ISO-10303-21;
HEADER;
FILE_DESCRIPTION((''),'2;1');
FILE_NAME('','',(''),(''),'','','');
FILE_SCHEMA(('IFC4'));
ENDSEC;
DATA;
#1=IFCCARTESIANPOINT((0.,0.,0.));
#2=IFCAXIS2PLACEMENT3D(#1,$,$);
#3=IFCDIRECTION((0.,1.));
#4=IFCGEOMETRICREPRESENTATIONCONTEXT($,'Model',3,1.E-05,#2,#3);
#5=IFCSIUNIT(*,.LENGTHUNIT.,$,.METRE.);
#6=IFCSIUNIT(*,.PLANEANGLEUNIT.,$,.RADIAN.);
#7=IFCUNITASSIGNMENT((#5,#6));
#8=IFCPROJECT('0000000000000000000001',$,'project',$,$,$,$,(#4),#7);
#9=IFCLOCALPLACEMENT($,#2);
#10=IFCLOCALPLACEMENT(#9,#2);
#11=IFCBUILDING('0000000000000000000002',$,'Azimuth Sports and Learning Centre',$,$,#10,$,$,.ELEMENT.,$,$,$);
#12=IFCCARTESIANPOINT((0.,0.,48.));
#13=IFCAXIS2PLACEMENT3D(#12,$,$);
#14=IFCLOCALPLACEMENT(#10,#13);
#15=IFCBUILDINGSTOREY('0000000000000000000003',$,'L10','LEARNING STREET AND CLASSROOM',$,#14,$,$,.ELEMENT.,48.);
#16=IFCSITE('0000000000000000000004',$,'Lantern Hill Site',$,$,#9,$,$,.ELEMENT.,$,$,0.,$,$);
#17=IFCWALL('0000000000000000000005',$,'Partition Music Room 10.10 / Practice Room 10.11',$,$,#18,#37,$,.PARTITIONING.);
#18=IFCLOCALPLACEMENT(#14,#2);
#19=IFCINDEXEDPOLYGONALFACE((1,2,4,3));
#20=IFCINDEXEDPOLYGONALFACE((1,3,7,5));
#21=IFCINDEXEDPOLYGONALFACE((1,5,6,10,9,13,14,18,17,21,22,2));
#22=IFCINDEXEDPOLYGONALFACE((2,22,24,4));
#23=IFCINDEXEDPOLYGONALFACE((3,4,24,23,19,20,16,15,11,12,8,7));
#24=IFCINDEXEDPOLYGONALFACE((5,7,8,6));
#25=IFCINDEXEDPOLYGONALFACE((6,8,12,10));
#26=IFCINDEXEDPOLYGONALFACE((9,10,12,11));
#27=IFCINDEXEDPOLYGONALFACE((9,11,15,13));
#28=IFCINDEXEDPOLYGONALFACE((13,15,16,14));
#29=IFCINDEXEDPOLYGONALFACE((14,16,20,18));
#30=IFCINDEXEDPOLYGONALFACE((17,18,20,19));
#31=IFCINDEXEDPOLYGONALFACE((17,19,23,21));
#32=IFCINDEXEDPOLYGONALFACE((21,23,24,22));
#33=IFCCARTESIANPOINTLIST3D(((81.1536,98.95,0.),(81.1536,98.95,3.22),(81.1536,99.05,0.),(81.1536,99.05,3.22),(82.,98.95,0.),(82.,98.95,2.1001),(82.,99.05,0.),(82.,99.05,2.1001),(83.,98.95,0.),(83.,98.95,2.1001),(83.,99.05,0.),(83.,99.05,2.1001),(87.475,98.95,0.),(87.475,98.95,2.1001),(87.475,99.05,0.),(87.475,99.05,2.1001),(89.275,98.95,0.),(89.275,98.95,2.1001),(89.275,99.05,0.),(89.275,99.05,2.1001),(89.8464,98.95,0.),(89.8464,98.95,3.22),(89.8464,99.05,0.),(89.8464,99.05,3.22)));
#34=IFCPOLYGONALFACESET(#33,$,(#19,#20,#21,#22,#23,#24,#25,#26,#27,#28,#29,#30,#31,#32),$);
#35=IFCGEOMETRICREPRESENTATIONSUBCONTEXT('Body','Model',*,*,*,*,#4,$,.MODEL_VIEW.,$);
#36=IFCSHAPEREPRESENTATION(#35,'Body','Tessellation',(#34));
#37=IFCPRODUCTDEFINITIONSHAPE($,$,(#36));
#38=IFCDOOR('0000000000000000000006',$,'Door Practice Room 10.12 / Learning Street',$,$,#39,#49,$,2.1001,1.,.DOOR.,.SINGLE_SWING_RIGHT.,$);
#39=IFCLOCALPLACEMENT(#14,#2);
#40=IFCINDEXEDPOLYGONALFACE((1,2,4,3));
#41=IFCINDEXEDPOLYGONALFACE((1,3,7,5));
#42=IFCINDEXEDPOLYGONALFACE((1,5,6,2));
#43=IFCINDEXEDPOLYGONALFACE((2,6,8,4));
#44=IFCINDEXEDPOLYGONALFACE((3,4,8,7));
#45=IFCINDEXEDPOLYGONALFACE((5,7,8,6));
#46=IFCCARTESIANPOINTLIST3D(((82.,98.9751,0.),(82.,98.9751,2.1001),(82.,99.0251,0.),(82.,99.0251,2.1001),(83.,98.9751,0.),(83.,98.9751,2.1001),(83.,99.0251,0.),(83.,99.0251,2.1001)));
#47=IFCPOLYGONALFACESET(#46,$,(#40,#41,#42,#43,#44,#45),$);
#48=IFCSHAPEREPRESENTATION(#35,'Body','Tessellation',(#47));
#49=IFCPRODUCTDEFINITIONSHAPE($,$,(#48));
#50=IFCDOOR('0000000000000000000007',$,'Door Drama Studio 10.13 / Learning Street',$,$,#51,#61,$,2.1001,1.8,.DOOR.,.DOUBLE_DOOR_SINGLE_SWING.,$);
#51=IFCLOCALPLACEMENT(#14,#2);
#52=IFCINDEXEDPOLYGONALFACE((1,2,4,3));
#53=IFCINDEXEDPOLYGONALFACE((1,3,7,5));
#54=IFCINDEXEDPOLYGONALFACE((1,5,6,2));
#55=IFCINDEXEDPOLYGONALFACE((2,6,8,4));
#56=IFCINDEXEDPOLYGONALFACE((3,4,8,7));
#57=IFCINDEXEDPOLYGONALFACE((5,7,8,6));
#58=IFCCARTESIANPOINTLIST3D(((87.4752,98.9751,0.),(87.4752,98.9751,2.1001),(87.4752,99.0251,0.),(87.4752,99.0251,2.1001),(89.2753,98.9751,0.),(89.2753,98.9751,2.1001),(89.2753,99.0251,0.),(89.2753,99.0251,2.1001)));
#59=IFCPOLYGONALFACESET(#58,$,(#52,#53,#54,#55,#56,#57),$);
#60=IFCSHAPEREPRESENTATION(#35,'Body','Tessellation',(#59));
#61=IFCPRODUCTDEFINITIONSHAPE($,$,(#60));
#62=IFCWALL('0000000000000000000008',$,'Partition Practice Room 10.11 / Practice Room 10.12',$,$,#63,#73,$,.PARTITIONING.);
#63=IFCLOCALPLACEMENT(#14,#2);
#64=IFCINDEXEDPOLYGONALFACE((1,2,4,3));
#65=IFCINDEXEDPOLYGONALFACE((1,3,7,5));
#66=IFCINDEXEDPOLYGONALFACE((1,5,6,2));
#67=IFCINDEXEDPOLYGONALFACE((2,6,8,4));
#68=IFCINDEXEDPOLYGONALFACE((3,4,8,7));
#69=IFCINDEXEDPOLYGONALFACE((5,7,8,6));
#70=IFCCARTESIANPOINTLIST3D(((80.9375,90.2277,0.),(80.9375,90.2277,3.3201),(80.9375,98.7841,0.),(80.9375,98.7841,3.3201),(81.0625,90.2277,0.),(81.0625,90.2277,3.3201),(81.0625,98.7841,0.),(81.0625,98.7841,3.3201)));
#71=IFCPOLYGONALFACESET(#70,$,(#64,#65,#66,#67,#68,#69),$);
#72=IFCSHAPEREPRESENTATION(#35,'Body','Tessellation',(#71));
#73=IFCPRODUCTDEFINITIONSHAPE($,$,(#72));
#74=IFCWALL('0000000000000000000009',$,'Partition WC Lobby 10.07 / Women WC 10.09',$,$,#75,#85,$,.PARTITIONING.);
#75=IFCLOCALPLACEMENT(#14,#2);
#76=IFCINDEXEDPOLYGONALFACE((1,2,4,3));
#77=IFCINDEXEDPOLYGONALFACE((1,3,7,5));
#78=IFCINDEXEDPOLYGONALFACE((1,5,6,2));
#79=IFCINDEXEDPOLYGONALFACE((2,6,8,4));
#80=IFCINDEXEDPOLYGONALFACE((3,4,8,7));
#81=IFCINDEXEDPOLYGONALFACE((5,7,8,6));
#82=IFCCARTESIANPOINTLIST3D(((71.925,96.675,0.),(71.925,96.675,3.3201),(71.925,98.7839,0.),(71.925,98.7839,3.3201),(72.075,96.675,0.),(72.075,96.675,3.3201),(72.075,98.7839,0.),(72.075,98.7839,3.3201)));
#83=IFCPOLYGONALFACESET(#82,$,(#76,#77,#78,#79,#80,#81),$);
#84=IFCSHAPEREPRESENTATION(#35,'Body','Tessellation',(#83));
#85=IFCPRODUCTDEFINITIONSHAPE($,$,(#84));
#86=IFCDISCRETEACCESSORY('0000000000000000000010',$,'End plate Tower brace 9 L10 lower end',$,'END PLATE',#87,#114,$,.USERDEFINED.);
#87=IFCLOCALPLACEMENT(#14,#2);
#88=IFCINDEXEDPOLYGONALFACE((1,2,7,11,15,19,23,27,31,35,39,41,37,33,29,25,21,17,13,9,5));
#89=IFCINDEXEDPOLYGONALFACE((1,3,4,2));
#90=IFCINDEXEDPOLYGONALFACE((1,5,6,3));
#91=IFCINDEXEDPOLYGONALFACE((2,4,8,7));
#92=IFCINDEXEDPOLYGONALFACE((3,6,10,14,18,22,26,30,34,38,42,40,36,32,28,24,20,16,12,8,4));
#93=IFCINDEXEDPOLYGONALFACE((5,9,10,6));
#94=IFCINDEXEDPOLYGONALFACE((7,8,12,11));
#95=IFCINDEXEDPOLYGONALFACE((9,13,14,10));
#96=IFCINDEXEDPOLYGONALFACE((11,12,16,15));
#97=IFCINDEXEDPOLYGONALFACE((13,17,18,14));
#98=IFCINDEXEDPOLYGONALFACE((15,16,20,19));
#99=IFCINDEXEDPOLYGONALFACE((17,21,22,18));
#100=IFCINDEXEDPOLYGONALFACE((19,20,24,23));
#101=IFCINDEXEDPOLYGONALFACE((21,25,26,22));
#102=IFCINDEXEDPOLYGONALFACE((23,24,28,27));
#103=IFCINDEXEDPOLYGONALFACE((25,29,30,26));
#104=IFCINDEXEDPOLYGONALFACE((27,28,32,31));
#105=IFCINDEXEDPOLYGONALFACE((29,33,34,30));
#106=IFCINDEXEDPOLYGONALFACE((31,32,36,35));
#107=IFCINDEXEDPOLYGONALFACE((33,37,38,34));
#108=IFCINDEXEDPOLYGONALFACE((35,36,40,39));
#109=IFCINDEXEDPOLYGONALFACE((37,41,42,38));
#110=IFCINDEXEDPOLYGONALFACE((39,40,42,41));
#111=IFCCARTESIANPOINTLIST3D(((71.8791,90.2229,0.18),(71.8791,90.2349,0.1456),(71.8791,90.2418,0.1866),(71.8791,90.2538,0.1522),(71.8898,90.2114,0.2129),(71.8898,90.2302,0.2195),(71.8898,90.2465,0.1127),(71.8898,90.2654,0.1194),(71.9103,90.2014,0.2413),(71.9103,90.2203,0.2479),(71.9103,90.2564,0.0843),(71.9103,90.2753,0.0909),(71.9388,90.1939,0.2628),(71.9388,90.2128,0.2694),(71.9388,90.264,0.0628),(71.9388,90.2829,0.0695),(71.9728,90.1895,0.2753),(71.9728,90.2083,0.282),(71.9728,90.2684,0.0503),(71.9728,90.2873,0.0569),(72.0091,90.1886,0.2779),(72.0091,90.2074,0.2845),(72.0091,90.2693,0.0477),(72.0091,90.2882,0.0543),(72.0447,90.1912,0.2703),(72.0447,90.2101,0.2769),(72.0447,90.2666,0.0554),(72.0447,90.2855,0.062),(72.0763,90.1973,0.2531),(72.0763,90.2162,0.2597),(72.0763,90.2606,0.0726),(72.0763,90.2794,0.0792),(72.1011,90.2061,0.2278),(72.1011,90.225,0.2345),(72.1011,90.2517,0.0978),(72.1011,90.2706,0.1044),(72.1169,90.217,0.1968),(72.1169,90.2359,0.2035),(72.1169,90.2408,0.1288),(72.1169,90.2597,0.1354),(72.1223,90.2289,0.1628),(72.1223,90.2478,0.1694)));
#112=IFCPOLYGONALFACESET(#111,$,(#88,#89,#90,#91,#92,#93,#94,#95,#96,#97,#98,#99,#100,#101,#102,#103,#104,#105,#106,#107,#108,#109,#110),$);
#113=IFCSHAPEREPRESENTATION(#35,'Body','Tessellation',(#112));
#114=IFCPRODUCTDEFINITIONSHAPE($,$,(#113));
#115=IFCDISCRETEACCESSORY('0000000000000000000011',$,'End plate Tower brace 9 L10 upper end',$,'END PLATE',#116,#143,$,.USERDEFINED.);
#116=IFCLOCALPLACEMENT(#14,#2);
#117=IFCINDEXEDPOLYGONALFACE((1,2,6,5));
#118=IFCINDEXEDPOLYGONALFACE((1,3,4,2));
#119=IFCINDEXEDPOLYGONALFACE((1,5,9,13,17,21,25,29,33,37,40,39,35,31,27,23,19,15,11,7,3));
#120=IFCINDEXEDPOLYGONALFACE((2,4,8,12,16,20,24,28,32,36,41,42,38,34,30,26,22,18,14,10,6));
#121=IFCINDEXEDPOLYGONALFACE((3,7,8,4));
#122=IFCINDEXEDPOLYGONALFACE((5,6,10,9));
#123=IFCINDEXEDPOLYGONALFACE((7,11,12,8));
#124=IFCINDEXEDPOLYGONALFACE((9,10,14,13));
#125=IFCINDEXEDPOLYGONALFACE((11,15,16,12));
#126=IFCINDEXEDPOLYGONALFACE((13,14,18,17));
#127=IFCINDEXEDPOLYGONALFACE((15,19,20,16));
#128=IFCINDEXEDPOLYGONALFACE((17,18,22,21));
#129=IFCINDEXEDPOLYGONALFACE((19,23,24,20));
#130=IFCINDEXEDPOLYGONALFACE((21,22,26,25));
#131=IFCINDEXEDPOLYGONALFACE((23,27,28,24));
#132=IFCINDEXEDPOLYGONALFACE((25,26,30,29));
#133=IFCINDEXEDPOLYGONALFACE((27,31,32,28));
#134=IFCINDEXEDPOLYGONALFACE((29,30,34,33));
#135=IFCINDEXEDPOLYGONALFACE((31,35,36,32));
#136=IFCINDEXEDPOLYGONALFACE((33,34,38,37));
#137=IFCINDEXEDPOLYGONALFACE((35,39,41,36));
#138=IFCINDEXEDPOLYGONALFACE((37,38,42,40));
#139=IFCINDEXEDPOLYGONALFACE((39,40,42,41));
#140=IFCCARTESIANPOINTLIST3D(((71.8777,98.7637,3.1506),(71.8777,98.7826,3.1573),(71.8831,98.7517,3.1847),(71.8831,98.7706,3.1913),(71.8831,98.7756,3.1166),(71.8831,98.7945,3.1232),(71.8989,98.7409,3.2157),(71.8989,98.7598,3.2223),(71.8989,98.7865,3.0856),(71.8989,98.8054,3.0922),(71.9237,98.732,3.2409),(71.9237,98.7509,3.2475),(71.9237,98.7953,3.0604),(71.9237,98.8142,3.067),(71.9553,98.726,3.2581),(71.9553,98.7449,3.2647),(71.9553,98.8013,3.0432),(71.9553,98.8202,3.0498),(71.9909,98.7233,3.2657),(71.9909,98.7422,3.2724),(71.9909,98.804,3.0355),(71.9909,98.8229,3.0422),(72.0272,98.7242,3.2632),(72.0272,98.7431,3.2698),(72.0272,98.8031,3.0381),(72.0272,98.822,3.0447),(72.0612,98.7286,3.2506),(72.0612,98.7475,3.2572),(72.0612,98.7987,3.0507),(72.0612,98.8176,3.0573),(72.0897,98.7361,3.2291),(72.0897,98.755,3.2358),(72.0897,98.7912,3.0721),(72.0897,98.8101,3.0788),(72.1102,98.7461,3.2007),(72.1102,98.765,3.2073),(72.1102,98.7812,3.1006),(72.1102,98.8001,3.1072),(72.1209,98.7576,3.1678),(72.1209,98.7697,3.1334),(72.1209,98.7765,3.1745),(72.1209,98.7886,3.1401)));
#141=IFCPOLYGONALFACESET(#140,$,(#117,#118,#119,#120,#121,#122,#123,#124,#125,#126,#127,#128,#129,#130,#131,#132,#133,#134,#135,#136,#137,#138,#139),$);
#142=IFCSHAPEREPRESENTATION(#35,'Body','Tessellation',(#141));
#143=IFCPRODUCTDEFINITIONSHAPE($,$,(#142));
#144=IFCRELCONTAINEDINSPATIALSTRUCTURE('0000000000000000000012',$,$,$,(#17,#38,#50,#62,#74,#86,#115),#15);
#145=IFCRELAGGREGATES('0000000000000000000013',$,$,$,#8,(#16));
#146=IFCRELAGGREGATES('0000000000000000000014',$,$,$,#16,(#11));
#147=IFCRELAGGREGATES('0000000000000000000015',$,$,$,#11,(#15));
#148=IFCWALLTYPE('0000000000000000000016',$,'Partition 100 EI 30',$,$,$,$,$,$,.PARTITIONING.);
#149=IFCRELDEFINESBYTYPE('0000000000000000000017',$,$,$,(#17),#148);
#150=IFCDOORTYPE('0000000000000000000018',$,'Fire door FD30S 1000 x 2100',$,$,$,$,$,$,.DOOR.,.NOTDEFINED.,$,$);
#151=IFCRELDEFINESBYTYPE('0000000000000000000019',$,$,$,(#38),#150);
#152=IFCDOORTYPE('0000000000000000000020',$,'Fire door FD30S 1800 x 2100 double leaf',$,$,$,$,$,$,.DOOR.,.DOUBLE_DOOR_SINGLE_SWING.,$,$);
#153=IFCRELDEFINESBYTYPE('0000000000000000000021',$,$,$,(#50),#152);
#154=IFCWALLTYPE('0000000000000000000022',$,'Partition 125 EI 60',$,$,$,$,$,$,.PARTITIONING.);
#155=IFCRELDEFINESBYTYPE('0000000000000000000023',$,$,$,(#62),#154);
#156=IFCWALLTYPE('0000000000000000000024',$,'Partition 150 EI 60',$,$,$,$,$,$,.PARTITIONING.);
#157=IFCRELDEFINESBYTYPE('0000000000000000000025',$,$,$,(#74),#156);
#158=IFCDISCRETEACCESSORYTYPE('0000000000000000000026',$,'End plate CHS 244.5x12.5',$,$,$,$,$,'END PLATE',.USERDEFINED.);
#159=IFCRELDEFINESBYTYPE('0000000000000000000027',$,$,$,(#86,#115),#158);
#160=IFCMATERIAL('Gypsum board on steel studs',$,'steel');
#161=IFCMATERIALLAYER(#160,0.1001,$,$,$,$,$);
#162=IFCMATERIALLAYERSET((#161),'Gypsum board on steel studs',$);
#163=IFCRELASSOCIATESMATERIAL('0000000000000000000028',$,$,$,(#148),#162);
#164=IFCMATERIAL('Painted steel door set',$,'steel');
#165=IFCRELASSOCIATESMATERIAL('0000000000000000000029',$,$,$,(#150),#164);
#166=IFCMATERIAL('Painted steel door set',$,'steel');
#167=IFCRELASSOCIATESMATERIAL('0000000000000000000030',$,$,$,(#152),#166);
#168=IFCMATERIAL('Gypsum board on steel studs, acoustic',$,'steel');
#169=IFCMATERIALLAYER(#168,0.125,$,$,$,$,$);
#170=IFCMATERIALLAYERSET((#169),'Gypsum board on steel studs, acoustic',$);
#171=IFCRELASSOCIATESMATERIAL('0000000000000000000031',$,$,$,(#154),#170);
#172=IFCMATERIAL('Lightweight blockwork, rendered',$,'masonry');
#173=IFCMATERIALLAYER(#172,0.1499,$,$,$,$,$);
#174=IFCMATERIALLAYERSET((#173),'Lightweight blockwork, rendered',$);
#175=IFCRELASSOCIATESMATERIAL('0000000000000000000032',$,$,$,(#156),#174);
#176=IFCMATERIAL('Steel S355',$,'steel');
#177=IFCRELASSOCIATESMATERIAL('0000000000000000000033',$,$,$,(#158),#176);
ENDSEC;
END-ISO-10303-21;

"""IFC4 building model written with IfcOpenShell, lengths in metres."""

from ifc_helpers import new_model, si_unit, direction, frame, frame_2d, origin, origin_2d, place, context, subcontext, project, spatial, rectangle, circle, extrude, material, layer, layer_set, material_profile, profile_set, type_object, element, fill, save


model = new_model("IFC4")

# Units and contexts
model_context = context("Model", 3, precision=1e-05, world=origin(), true_north=direction((0.0, 1.0)))
body_context = subcontext(model_context, "Body", "Model", "MODEL_VIEW")
ifc_project = project(units=[si_unit("LENGTHUNIT", "METRE"), si_unit("PLANEANGLEUNIT", "RADIAN")], contexts=[model_context])

# Site, building, storey
site_placement = place(None, origin())
site = spatial("IfcSite", under=ifc_project, at=site_placement, Name="Lantern Hill Site", CompositionType="ELEMENT", RefElevation=0.0)
building_placement = place(site_placement, origin())
building = spatial("IfcBuilding", under=site, at=building_placement, Name="Azimuth Sports and Learning Centre", CompositionType="ELEMENT")
storey_placement = place(building_placement, frame((0.0, 0.0, 48.0)))
storey = spatial("IfcBuildingStorey", under=building, at=storey_placement, Name="L10", Description="LEARNING STREET AND CLASSROOM", CompositionType="ELEMENT", Elevation=48.0)

# Wall, openings, doors
ifc_material_1 = material(Name="Gypsum board on steel studs", Category="steel")
ifc_layer_1 = layer(ifc_material_1, 0.1001)
ifc_layer_set_1 = layer_set([ifc_layer_1], Name="Gypsum board on steel studs")
wall_type_1 = type_object("IfcWallType", Name="Partition 100 EI 30", PredefinedType="PARTITIONING", material=ifc_layer_set_1)
ifc_material_2 = material(Name="Painted steel door set", Category="steel")
door_type_1 = type_object("IfcDoorType", Name="Fire door FD30S 1000 x 2100", OperationType="NOTDEFINED", PredefinedType="DOOR", material=ifc_material_2)
wall_1_placement = place(storey_placement, frame((81.1536, 99.0, 0.0), z_axis=(0.0, 0.0, 1.0), x_axis=(1.0, 0.0, 0.0)))
wall_1 = element("IfcWall", 1, at=wall_1_placement, inside=storey, type_object=wall_type_1, Name="Partition Music Room 10.10 / Practice Room 10.11", PredefinedType="PARTITIONING", context=body_context, shape_type="SweptSolid", body=[
    extrude(rectangle(XDim=8.6929, YDim=0.1001, at=frame_2d((4.3464, 0.0))), origin(), (0.0, 0.0, 1.0), 3.22),
])
opening_1_placement = place(wall_1_placement, frame((0.8464, 0.0, 0.0)))
opening_1 = element("IfcOpeningElement", 2, at=opening_1_placement, cuts=wall_1, PredefinedType="OPENING", context=body_context, shape_type="SweptSolid", body=[
    extrude(rectangle(XDim=1.0, YDim=2.1001, at=frame_2d((0.5, 1.05))), frame((0.0, 0.061, 0.0), z_axis=(0.0, -1.0, 0.0), x_axis=(1.0, 0.0, 0.0)), (0.0, 0.0, 1.0), 0.1221),
])
opening_2_placement = place(wall_1_placement, frame((6.3215, 0.0, 0.0)))
opening_2 = element("IfcOpeningElement", 3, at=opening_2_placement, cuts=wall_1, PredefinedType="OPENING", context=body_context, shape_type="SweptSolid", body=[
    extrude(rectangle(XDim=1.8, YDim=2.1001, at=frame_2d((0.8999, 1.05))), frame((0.0, 0.061, 0.0), z_axis=(0.0, -1.0, 0.0), x_axis=(1.0, 0.0, 0.0)), (0.0, 0.0, 1.0), 0.1221),
])
door_1_placement = place(opening_1_placement, frame((1.0, 0.0, 0.0), z_axis=(0.0, 0.0, 1.0), x_axis=(-1.0, 0.0, 0.0)))
door_1 = element("IfcDoor", 4, at=door_1_placement, inside=storey, type_object=door_type_1, Name="Door Practice Room 10.12 / Learning Street", OperationType="SINGLE_SWING_RIGHT", OverallHeight=2.1001, OverallWidth=1.0, PredefinedType="DOOR", context=body_context, shape_type="SweptSolid", body=[
    extrude(rectangle(XDim=1.0, YDim=2.1001, at=frame_2d((0.5, 1.05))), frame((0.0, 0.0249, 0.0), z_axis=(0.0, -1.0, 0.0), x_axis=(1.0, 0.0, 0.0)), (0.0, 0.0, 1.0), 0.05),
])
fill(opening_1, door_1)
ifc_material_3 = material(Name="Painted steel door set", Category="steel")
door_type_2 = type_object("IfcDoorType", Name="Fire door FD30S 1800 x 2100 double leaf", OperationType="DOUBLE_DOOR_SINGLE_SWING", PredefinedType="DOOR", material=ifc_material_3)
door_2_placement = place(opening_2_placement, frame((1.8, 0.0, 0.0), z_axis=(0.0, 0.0, 1.0), x_axis=(-1.0, 0.0, 0.0)))
door_2 = element("IfcDoor", 5, at=door_2_placement, inside=storey, type_object=door_type_2, Name="Door Drama Studio 10.13 / Learning Street", OperationType="DOUBLE_DOOR_SINGLE_SWING", OverallHeight=2.1001, OverallWidth=1.8, PredefinedType="DOOR", context=body_context, shape_type="SweptSolid", body=[
    extrude(rectangle(XDim=1.8, YDim=2.1001, at=frame_2d((0.8999, 1.05))), frame((0.0, 0.0249, 0.0), z_axis=(0.0, -1.0, 0.0), x_axis=(1.0, 0.0, 0.0)), (0.0, 0.0, 1.0), 0.05),
])
fill(opening_2, door_2)

# Walls
ifc_material_4 = material(Name="Gypsum board on steel studs, acoustic", Category="steel")
ifc_layer_2 = layer(ifc_material_4, 0.125)
ifc_layer_set_2 = layer_set([ifc_layer_2], Name="Gypsum board on steel studs, acoustic")
wall_type_2 = type_object("IfcWallType", Name="Partition 125 EI 60", PredefinedType="PARTITIONING", material=ifc_layer_set_2)
wall_2_placement = place(storey_placement, frame((81.0, 90.2275, 0.0), z_axis=(0.0, 0.0, 1.0), x_axis=(0.0, 1.0, 0.0)))
element("IfcWall", 6, at=wall_2_placement, inside=storey, type_object=wall_type_2, Name="Partition Practice Room 10.11 / Practice Room 10.12", PredefinedType="PARTITIONING", context=body_context, shape_type="SweptSolid", body=[
    extrude(rectangle(XDim=8.5564, YDim=0.125, at=frame_2d((4.2783, 0.0))), origin(), (0.0, 0.0, 1.0), 3.3201),
])
ifc_material_5 = material(Name="Lightweight blockwork, rendered", Category="masonry")
ifc_layer_3 = layer(ifc_material_5, 0.1499)
ifc_layer_set_3 = layer_set([ifc_layer_3], Name="Lightweight blockwork, rendered")
wall_type_3 = type_object("IfcWallType", Name="Partition 150 EI 60", PredefinedType="PARTITIONING", material=ifc_layer_set_3)
wall_3_placement = place(storey_placement, frame((72.0, 96.675, 0.0), z_axis=(0.0, 0.0, 1.0), x_axis=(0.0, 1.0, 0.0)))
element("IfcWall", 7, at=wall_3_placement, inside=storey, type_object=wall_type_3, Name="Partition WC Lobby 10.07 / Women WC 10.09", PredefinedType="PARTITIONING", context=body_context, shape_type="SweptSolid", body=[
    extrude(rectangle(XDim=2.1089, YDim=0.1499, at=frame_2d((1.0544, 0.0))), origin(), (0.0, 0.0, 1.0), 3.3201),
])

# Discrete accessories
ifc_material_6 = material(Name="Steel S355", Category="steel")
ifc_material_profile_1 = material_profile(ifc_material_6, circle(Radius=0.1223, at=origin_2d()), Name="PL 244 DISC")
ifc_profile_set_1 = profile_set([ifc_material_profile_1], Name="Steel S355")
discrete_accessory_type = type_object("IfcDiscreteAccessoryType", Name="End plate CHS 244.5x12.5", ElementType="END PLATE", PredefinedType="USERDEFINED", material=ifc_profile_set_1)
for number, where, z_axis, x_axis, name in (
    (8, (72.0, 90.2478, 0.1694), (0.0, -0.943667, -0.330896), (1.0, 0.0, 0.0), "End plate Tower brace 9 L10 lower end"),
    (9, (72.0, 98.7637, 3.1506), (0.0, 0.943667, 0.330896), (-1.0, 0.0, 0.0), "End plate Tower brace 9 L10 upper end"),
):
    element("IfcDiscreteAccessory", number, at=place(storey_placement, frame(where, z_axis=z_axis, x_axis=x_axis)), inside=storey, type_object=discrete_accessory_type, Name=name, ObjectType="END PLATE", PredefinedType="USERDEFINED", context=body_context, shape_type="SweptSolid", body=[
        extrude(circle(Radius=0.1223, at=origin_2d()), origin(), (0.0, 0.0, 1.0), 0.02),
    ])

save(model, "model.ifc")
